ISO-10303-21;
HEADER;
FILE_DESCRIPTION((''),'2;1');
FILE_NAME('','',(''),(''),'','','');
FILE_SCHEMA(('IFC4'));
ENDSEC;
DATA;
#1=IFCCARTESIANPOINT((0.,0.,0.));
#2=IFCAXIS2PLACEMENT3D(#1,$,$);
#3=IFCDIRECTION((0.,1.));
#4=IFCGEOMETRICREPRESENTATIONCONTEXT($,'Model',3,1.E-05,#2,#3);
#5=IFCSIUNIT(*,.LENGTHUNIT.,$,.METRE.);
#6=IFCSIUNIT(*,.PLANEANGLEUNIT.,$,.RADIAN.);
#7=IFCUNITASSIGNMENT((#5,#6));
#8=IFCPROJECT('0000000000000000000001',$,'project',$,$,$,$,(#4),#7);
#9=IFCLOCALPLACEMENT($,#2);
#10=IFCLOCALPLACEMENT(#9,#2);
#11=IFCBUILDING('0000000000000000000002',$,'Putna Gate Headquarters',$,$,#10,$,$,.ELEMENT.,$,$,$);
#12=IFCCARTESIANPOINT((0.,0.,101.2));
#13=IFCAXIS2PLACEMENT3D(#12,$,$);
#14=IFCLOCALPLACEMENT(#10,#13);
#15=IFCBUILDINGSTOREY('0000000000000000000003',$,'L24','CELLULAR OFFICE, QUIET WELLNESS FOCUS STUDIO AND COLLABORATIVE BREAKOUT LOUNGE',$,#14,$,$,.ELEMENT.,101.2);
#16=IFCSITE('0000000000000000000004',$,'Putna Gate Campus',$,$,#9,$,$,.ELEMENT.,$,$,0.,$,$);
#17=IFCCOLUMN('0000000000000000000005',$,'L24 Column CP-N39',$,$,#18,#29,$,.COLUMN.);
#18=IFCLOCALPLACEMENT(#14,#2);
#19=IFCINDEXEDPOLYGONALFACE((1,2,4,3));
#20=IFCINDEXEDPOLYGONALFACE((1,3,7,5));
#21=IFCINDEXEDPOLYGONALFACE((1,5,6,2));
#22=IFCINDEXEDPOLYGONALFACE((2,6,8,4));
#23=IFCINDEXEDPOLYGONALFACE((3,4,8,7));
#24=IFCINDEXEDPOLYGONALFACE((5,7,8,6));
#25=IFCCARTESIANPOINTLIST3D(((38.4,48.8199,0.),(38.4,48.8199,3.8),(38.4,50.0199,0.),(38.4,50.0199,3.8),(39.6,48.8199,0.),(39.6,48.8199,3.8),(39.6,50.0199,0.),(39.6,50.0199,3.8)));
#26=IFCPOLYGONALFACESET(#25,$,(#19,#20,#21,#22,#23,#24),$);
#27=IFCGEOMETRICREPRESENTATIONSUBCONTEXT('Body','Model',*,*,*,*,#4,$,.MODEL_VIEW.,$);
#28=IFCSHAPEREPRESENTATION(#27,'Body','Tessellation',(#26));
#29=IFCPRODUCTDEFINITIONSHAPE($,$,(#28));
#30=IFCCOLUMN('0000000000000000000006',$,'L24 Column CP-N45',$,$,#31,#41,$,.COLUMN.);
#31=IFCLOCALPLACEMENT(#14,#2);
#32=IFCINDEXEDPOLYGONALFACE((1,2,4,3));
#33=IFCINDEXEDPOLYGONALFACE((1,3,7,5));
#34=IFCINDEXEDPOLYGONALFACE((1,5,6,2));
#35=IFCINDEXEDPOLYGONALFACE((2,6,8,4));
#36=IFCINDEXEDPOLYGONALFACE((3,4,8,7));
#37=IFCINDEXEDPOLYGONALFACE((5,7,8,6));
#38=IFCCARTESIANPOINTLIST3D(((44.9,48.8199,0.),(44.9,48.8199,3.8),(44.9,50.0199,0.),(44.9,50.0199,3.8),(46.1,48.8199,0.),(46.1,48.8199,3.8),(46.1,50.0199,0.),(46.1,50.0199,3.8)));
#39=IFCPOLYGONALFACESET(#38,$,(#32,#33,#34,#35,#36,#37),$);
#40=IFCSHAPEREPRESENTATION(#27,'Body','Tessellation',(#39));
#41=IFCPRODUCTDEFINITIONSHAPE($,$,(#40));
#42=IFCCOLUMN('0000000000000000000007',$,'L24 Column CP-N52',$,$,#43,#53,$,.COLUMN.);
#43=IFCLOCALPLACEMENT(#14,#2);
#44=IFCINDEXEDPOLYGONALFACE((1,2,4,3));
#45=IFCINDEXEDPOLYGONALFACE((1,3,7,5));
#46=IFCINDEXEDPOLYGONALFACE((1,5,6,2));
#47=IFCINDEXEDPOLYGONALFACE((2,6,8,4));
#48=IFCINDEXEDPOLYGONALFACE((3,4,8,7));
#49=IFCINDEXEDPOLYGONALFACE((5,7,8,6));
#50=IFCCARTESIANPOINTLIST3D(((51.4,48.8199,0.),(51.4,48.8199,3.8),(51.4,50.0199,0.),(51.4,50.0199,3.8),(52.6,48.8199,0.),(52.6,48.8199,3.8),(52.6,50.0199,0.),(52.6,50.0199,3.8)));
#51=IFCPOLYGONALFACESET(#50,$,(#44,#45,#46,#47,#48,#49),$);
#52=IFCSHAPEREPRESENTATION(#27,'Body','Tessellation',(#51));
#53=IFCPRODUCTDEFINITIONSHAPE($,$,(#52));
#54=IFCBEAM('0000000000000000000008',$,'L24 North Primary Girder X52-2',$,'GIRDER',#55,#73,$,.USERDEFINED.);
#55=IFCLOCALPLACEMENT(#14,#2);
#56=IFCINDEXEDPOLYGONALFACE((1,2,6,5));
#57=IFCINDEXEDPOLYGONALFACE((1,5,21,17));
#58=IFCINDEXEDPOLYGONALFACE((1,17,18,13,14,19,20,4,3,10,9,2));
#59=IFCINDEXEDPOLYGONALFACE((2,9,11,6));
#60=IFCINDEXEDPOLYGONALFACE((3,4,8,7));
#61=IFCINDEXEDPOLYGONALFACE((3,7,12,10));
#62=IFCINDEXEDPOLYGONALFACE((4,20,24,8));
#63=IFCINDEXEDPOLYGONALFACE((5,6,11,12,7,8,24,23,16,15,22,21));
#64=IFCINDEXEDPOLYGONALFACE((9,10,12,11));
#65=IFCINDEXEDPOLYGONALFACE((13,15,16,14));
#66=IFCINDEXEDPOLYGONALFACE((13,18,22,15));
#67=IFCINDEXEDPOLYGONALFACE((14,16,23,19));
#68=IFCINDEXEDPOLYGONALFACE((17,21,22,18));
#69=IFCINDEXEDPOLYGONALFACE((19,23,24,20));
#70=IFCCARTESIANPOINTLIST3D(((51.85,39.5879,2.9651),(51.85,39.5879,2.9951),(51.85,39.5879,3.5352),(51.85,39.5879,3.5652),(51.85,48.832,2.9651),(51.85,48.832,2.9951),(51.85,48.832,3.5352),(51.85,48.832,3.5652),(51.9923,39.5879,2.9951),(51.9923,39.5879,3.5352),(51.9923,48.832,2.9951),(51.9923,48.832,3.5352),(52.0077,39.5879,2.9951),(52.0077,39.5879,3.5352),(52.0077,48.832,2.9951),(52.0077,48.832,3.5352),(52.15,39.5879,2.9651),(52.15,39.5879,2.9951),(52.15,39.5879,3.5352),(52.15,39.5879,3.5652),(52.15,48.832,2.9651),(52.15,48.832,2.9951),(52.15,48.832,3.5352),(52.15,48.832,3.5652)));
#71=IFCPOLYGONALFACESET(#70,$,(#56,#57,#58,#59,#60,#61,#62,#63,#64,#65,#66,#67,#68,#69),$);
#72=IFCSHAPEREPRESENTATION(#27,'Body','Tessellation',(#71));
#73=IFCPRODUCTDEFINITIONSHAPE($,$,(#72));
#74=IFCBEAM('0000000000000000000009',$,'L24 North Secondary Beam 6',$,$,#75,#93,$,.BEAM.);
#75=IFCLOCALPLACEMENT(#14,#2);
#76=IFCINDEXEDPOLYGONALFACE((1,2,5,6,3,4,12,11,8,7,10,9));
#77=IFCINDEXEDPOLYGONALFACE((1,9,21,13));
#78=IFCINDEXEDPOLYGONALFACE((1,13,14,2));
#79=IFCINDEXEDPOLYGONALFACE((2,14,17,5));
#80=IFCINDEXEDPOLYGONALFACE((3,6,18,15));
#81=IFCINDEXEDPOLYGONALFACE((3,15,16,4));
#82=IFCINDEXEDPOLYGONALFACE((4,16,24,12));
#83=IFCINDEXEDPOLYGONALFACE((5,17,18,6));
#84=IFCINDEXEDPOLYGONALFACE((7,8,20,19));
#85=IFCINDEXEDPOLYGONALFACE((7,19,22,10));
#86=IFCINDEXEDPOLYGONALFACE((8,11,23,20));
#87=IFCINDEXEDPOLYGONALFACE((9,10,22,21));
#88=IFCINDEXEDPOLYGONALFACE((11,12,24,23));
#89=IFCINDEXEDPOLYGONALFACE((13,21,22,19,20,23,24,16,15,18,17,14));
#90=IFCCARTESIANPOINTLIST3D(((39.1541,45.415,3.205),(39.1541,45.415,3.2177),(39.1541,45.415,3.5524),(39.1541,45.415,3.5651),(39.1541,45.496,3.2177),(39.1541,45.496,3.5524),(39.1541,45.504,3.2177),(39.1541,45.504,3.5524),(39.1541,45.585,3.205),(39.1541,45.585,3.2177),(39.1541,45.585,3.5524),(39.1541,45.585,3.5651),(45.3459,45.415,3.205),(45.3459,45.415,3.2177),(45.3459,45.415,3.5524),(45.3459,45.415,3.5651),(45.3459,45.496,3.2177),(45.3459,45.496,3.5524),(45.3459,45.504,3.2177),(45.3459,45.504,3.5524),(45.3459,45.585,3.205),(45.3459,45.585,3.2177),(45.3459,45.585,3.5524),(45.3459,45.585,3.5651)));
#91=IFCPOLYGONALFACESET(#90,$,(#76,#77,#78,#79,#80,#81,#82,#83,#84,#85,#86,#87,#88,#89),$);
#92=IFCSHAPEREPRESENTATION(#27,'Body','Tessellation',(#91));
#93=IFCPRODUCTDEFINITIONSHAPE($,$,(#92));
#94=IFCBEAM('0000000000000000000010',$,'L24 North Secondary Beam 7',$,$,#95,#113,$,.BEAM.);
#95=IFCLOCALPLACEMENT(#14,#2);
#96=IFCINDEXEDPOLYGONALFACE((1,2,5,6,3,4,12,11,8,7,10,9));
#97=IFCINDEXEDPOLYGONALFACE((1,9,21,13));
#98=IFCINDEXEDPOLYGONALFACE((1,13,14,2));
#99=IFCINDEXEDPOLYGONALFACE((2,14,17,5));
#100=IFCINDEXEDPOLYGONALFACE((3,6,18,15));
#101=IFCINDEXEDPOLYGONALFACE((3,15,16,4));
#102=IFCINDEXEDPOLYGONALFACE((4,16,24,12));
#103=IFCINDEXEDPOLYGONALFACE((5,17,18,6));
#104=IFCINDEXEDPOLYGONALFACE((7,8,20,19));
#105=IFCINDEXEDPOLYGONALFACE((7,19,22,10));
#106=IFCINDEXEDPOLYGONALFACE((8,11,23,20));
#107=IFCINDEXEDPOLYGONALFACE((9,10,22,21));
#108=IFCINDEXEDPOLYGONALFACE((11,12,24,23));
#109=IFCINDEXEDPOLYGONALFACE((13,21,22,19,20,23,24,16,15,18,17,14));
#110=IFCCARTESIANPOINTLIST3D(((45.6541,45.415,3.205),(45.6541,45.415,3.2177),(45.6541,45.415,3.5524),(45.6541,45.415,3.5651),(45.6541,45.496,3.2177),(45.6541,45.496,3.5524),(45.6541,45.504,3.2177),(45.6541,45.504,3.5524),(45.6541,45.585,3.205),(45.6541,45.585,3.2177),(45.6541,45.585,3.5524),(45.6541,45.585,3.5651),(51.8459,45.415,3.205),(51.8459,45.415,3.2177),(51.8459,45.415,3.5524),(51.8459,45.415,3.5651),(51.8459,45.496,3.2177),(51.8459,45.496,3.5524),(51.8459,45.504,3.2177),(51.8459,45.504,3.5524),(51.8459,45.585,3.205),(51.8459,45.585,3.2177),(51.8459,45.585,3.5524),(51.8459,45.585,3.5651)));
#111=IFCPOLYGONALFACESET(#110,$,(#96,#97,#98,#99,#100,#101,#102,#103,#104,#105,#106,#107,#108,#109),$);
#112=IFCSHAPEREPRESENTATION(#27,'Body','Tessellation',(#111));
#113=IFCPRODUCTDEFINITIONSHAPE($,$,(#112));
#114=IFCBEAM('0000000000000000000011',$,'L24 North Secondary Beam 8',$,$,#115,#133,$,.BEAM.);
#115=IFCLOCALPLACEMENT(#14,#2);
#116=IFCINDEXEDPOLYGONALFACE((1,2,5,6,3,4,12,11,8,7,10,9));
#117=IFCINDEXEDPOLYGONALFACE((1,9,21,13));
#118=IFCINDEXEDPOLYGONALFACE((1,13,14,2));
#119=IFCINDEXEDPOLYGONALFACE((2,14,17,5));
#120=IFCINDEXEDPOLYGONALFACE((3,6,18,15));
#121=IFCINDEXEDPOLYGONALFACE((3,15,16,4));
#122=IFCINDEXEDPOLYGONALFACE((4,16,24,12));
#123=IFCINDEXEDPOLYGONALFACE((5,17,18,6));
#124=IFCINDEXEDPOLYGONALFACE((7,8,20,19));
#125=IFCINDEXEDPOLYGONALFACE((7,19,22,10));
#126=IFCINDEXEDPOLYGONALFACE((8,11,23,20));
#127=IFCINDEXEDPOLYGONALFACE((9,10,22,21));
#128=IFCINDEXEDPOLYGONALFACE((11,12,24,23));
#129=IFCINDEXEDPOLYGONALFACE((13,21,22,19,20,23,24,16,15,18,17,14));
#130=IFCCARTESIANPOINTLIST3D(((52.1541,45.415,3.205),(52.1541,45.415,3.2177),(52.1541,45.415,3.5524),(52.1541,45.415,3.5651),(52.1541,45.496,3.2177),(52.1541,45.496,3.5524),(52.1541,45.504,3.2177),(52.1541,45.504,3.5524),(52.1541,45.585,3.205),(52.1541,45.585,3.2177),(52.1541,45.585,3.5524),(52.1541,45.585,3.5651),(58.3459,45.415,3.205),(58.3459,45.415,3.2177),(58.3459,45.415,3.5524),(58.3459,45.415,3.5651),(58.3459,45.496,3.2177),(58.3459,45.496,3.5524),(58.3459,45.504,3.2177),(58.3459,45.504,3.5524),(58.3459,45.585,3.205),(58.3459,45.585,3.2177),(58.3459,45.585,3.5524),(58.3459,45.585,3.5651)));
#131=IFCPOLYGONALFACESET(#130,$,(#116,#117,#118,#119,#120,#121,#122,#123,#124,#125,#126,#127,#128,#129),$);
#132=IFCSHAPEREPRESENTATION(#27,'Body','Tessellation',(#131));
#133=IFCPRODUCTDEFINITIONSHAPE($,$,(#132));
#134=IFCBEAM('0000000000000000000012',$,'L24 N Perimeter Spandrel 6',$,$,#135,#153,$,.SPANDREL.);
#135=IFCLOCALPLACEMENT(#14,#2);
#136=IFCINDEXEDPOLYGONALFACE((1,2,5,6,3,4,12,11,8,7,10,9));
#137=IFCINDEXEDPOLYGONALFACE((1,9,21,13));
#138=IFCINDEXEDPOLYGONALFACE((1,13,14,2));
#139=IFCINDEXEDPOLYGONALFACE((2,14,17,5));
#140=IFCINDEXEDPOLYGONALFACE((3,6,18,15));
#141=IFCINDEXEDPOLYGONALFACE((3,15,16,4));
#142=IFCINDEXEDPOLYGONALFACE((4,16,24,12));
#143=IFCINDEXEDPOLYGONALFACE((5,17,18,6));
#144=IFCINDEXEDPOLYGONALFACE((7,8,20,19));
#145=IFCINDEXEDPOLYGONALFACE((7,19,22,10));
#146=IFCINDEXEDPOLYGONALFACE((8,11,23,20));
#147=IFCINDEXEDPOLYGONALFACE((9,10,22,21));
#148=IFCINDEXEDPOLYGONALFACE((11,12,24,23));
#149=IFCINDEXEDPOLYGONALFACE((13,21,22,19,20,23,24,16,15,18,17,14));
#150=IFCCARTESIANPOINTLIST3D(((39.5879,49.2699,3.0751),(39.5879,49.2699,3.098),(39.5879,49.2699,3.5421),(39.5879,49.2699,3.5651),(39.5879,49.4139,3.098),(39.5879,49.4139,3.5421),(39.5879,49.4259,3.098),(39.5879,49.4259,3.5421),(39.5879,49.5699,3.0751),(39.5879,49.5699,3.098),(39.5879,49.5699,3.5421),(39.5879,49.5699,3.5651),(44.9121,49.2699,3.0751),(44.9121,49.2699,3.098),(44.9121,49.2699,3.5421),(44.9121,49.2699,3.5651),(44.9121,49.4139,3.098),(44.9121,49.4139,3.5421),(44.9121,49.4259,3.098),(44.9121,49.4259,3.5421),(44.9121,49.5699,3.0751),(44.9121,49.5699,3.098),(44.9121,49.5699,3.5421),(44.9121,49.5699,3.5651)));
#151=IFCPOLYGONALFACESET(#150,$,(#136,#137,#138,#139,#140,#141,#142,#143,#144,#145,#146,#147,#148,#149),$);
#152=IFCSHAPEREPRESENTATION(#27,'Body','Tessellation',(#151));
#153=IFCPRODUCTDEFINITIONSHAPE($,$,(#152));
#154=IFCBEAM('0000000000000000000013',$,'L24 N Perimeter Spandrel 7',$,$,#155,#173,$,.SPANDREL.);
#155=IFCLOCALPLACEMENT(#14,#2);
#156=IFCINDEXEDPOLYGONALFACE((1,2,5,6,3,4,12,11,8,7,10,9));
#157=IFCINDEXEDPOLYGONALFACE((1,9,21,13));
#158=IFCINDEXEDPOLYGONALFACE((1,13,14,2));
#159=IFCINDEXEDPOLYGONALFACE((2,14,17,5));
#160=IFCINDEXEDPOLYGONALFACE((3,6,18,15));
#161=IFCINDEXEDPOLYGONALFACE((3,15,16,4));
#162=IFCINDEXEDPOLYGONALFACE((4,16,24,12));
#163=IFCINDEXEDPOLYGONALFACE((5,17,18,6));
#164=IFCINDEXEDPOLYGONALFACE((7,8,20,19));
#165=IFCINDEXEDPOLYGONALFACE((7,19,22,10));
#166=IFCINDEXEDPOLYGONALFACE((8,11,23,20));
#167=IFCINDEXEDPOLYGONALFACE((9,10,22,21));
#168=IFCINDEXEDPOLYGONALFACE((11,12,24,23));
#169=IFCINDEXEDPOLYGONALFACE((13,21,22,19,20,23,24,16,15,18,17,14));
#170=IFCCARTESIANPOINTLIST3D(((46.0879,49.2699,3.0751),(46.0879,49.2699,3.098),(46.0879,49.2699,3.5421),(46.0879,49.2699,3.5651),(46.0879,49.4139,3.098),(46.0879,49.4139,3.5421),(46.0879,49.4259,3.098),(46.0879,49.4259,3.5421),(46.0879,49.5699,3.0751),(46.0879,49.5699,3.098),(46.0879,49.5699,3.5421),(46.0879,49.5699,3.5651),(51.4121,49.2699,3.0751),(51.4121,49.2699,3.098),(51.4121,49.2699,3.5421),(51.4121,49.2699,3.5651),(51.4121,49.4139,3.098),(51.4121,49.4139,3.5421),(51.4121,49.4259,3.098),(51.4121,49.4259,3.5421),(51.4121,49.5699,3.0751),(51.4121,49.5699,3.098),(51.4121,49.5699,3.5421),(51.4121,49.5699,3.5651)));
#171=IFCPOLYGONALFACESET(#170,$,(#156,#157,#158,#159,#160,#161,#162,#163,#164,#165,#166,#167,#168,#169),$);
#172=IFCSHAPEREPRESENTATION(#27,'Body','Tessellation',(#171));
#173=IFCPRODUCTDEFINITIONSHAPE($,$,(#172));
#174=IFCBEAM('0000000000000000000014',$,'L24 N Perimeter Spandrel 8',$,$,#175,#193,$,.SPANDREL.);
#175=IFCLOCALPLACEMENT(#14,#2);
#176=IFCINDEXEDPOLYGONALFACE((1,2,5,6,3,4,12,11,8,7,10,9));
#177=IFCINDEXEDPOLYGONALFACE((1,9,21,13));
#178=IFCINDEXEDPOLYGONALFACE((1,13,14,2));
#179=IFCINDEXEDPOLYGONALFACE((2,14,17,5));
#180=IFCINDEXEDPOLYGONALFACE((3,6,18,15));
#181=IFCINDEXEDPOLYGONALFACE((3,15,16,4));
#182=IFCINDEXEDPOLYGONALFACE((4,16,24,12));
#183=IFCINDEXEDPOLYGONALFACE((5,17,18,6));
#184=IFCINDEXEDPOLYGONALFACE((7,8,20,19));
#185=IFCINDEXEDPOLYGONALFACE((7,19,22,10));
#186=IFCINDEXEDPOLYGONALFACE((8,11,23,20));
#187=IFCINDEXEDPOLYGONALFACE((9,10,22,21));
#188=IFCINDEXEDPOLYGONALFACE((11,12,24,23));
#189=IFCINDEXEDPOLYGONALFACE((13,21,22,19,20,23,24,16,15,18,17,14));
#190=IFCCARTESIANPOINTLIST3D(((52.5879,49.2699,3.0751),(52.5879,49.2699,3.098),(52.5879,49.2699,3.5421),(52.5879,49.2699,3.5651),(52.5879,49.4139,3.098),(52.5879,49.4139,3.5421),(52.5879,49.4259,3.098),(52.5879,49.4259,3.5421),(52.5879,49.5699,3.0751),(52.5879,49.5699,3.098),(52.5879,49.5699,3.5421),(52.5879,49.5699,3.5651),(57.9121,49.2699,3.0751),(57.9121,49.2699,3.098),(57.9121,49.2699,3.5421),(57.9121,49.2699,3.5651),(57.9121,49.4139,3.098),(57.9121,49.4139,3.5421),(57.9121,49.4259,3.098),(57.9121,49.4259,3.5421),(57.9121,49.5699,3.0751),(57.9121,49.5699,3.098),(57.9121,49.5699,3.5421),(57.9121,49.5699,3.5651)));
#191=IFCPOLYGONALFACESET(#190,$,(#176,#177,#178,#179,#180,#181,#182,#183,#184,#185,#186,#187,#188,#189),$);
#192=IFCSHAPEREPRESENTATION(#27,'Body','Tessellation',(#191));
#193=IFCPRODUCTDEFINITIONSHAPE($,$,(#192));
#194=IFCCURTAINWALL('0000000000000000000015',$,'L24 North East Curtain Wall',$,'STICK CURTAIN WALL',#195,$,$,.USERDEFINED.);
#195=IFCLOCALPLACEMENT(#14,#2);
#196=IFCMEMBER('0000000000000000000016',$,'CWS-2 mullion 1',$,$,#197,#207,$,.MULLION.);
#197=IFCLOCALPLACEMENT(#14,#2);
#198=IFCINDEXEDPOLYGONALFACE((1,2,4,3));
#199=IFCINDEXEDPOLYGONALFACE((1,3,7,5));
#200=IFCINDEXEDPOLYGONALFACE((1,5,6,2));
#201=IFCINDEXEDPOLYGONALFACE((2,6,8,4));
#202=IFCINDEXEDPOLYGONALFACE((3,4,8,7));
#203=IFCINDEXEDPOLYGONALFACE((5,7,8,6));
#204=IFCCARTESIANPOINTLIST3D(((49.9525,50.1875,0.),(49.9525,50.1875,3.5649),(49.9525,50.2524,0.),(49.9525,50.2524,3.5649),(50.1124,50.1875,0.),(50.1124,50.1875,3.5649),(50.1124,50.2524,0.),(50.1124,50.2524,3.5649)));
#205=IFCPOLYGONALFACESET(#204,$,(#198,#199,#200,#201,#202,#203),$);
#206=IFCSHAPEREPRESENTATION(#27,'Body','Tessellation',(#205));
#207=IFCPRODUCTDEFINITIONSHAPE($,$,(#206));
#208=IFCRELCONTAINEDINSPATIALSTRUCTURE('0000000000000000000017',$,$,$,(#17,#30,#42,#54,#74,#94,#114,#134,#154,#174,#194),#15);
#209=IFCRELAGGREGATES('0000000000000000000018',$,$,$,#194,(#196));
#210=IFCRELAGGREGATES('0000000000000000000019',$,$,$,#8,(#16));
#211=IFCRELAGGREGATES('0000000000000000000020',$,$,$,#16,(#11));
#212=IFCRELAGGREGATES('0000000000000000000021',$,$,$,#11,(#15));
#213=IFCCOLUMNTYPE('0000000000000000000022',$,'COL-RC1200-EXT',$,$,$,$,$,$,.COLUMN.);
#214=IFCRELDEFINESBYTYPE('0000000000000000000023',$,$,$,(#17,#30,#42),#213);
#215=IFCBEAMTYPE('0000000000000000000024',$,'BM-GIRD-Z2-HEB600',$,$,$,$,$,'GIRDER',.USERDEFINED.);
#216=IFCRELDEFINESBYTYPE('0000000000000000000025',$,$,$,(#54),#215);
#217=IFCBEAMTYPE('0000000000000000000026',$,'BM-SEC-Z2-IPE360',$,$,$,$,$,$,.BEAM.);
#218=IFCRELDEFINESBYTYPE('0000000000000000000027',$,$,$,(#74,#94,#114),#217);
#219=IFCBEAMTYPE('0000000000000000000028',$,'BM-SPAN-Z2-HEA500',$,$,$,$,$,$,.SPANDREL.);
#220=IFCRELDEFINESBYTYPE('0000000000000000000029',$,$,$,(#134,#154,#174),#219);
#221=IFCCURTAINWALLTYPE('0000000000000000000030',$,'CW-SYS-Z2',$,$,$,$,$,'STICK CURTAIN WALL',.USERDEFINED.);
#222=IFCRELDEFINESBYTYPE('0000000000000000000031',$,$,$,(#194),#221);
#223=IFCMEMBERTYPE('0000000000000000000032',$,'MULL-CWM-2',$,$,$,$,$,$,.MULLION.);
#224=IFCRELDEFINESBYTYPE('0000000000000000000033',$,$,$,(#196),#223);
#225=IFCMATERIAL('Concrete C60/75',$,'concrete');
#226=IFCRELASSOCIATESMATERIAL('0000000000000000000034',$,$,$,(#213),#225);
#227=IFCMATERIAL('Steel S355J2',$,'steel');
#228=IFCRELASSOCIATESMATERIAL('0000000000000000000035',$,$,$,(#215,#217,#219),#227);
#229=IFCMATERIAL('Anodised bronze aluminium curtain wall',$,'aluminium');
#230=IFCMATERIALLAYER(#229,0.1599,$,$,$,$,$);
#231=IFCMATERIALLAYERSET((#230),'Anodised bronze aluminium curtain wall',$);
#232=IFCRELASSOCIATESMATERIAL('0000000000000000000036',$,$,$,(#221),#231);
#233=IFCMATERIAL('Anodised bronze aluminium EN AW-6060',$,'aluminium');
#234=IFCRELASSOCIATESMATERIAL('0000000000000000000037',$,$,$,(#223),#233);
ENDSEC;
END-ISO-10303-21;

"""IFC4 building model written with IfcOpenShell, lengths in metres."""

from ifc_helpers import new_model, si_unit, direction, frame, origin, origin_2d, place, context, subcontext, project, spatial, rectangle, i_section, extrude, material, layer, layer_set, material_profile, profile_set, type_object, element, aggregate, save


model = new_model("IFC4")

# Units and contexts
model_context = context("Model", 3, precision=1e-05, world=origin(), true_north=direction((0.0, 1.0)))
body_context = subcontext(model_context, "Body", "Model", "MODEL_VIEW")
ifc_project = project(units=[si_unit("LENGTHUNIT", "METRE"), si_unit("PLANEANGLEUNIT", "RADIAN")], contexts=[model_context])

# Site, building, storey
site_placement = place(None, origin())
site = spatial("IfcSite", under=ifc_project, at=site_placement, Name="Putna Gate Campus", CompositionType="ELEMENT", RefElevation=0.0)
building_placement = place(site_placement, origin())
building = spatial("IfcBuilding", under=site, at=building_placement, Name="Putna Gate Headquarters", CompositionType="ELEMENT")
storey_placement = place(building_placement, frame((0.0, 0.0, 101.2)))
storey = spatial("IfcBuildingStorey", under=building, at=storey_placement, Name="L24", Description="CELLULAR OFFICE, QUIET WELLNESS FOCUS STUDIO AND COLLABORATIVE BREAKOUT LOUNGE", CompositionType="ELEMENT", Elevation=101.2)

# Columns
ifc_material_1 = material(Name="Concrete C60/75", Category="concrete")
ifc_material_profile_1 = material_profile(ifc_material_1, rectangle(XDim=1.2, YDim=1.2, at=origin_2d()), Name="Concrete C60/75")
ifc_profile_set_1 = profile_set([ifc_material_profile_1], Name="Concrete C60/75")
column_type = type_object("IfcColumnType", Name="COL-RC1200-EXT", PredefinedType="COLUMN", material=ifc_profile_set_1)
for number, where, z_axis, x_axis, name in (
    (1, (39.0, 49.4199, 0.0), (0.0, 0.0, 1.0), (1.0, 0.0, 0.0), "L24 Column CP-N39"),
    (2, (45.5, 49.4199, 0.0), (0.0, 0.0, 1.0), (1.0, 0.0, 0.0), "L24 Column CP-N45"),
    (3, (52.0, 49.4199, 0.0), (0.0, 0.0, 1.0), (1.0, 0.0, 0.0), "L24 Column CP-N52"),
):
    element("IfcColumn", number, at=place(storey_placement, frame(where, z_axis=z_axis, x_axis=x_axis)), inside=storey, type_object=column_type, Name=name, PredefinedType="COLUMN", context=body_context, shape_type="SweptSolid", body=[
        extrude(rectangle(XDim=1.2, YDim=1.2, at=origin_2d()), origin(), (0.0, 0.0, 1.0), 3.8),
    ])

# Beams
ifc_material_2 = material(Name="Steel S355J2", Category="steel")
ifc_material_profile_2 = material_profile(ifc_material_2, i_section(OverallWidth=0.3, OverallDepth=0.6001, WebThickness=0.0154, FlangeThickness=0.03, at=origin_2d()), Name="Steel S355J2")
ifc_profile_set_2 = profile_set([ifc_material_profile_2], Name="Steel S355J2")
beam_type_1 = type_object("IfcBeamType", Name="BM-GIRD-Z2-HEB600", ElementType="GIRDER", PredefinedType="USERDEFINED", material=ifc_profile_set_2)
beam_placement = place(storey_placement, frame((52.0, 39.5879, 3.2651), z_axis=(0.0, 1.0, 0.0), x_axis=(-1.0, 0.0, 0.0)))
element("IfcBeam", 4, at=beam_placement, inside=storey, type_object=beam_type_1, Name="L24 North Primary Girder X52-2", ObjectType="GIRDER", PredefinedType="USERDEFINED", context=body_context, shape_type="SweptSolid", body=[
    extrude(i_section(OverallWidth=0.3, OverallDepth=0.6001, WebThickness=0.0154, FlangeThickness=0.03, at=origin_2d()), origin(), (0.0, 0.0, 1.0), 9.2441),
])
ifc_material_profile_3 = material_profile(ifc_material_2, i_section(OverallWidth=0.1699, OverallDepth=0.3601, WebThickness=0.0081, FlangeThickness=0.0127, at=origin_2d()), Name="Steel S355J2")
ifc_profile_set_3 = profile_set([ifc_material_profile_3], Name="Steel S355J2")
beam_type_2 = type_object("IfcBeamType", Name="BM-SEC-Z2-IPE360", PredefinedType="BEAM", material=ifc_profile_set_3)
for number, where, z_axis, x_axis, name in (
    (5, (39.1541, 45.5, 3.385), (1.0, 0.0, 0.0), (0.0, 1.0, 0.0), "L24 North Secondary Beam 6"),
    (6, (45.6541, 45.5, 3.385), (1.0, 0.0, 0.0), (0.0, 1.0, 0.0), "L24 North Secondary Beam 7"),
    (7, (52.1541, 45.5, 3.385), (1.0, 0.0, 0.0), (0.0, 1.0, 0.0), "L24 North Secondary Beam 8"),
):
    element("IfcBeam", number, at=place(storey_placement, frame(where, z_axis=z_axis, x_axis=x_axis)), inside=storey, type_object=beam_type_2, Name=name, PredefinedType="BEAM", context=body_context, shape_type="SweptSolid", body=[
        extrude(i_section(OverallWidth=0.1699, OverallDepth=0.3601, WebThickness=0.0081, FlangeThickness=0.0127, at=origin_2d()), origin(), (0.0, 0.0, 1.0), 6.1919),
    ])
ifc_material_profile_4 = material_profile(ifc_material_2, i_section(OverallWidth=0.3, OverallDepth=0.49, WebThickness=0.012, FlangeThickness=0.0229, at=origin_2d()), Name="Steel S355J2")
ifc_profile_set_4 = profile_set([ifc_material_profile_4], Name="Steel S355J2")
beam_type_3 = type_object("IfcBeamType", Name="BM-SPAN-Z2-HEA500", PredefinedType="SPANDREL", material=ifc_profile_set_4)
for number, where, z_axis, x_axis, name in (
    (8, (39.5879, 49.4199, 3.3201), (1.0, 0.0, 0.0), (0.0, 1.0, 0.0), "L24 N Perimeter Spandrel 6"),
    (9, (46.0879, 49.4199, 3.3201), (1.0, 0.0, 0.0), (0.0, 1.0, 0.0), "L24 N Perimeter Spandrel 7"),
    (10, (52.5879, 49.4199, 3.3201), (1.0, 0.0, 0.0), (0.0, 1.0, 0.0), "L24 N Perimeter Spandrel 8"),
):
    element("IfcBeam", number, at=place(storey_placement, frame(where, z_axis=z_axis, x_axis=x_axis)), inside=storey, type_object=beam_type_3, Name=name, PredefinedType="SPANDREL", context=body_context, shape_type="SweptSolid", body=[
        extrude(i_section(OverallWidth=0.3, OverallDepth=0.49, WebThickness=0.012, FlangeThickness=0.0229, at=origin_2d()), origin(), (0.0, 0.0, 1.0), 5.3242),
    ])

# Curtain wall, member
ifc_material_3 = material(Name="Anodised bronze aluminium curtain wall", Category="aluminium")
ifc_layer_1 = layer(ifc_material_3, 0.1599)
ifc_layer_set_1 = layer_set([ifc_layer_1], Name="Anodised bronze aluminium curtain wall")
curtain_wall_type_1 = type_object("IfcCurtainWallType", Name="CW-SYS-Z2", ElementType="STICK CURTAIN WALL", PredefinedType="USERDEFINED", material=ifc_layer_set_1)
curtain_wall_1_placement = place(storey_placement, origin())
curtain_wall_1 = element("IfcCurtainWall", 11, at=curtain_wall_1_placement, inside=storey, type_object=curtain_wall_type_1, Name="L24 North East Curtain Wall", ObjectType="STICK CURTAIN WALL", PredefinedType="USERDEFINED")
ifc_material_4 = material(Name="Anodised bronze aluminium EN AW-6060", Category="aluminium")
ifc_material_profile_5 = material_profile(ifc_material_4, rectangle(XDim=0.0649, YDim=0.1599, at=origin_2d()), Name="Anodised bronze aluminium EN AW-6060")
ifc_profile_set_5 = profile_set([ifc_material_profile_5], Name="Anodised bronze aluminium EN AW-6060")
member_type_1 = type_object("IfcMemberType", Name="MULL-CWM-2", PredefinedType="MULLION", material=ifc_profile_set_5)
member_1_placement = place(storey_placement, frame((50.0325, 50.22, 0.0), z_axis=(0.0, 0.0, 1.0), x_axis=(0.0, 1.0, 0.0)))
member_1 = element("IfcMember", 12, at=member_1_placement, type_object=member_type_1, Name="CWS-2 mullion 1", PredefinedType="MULLION", context=body_context, shape_type="SweptSolid", body=[
    extrude(rectangle(XDim=0.0649, YDim=0.1599, at=origin_2d()), origin(), (0.0, 0.0, 1.0), 3.5649),
])

aggregate(curtain_wall_1, [member_1])

save(model, "model.ifc")
